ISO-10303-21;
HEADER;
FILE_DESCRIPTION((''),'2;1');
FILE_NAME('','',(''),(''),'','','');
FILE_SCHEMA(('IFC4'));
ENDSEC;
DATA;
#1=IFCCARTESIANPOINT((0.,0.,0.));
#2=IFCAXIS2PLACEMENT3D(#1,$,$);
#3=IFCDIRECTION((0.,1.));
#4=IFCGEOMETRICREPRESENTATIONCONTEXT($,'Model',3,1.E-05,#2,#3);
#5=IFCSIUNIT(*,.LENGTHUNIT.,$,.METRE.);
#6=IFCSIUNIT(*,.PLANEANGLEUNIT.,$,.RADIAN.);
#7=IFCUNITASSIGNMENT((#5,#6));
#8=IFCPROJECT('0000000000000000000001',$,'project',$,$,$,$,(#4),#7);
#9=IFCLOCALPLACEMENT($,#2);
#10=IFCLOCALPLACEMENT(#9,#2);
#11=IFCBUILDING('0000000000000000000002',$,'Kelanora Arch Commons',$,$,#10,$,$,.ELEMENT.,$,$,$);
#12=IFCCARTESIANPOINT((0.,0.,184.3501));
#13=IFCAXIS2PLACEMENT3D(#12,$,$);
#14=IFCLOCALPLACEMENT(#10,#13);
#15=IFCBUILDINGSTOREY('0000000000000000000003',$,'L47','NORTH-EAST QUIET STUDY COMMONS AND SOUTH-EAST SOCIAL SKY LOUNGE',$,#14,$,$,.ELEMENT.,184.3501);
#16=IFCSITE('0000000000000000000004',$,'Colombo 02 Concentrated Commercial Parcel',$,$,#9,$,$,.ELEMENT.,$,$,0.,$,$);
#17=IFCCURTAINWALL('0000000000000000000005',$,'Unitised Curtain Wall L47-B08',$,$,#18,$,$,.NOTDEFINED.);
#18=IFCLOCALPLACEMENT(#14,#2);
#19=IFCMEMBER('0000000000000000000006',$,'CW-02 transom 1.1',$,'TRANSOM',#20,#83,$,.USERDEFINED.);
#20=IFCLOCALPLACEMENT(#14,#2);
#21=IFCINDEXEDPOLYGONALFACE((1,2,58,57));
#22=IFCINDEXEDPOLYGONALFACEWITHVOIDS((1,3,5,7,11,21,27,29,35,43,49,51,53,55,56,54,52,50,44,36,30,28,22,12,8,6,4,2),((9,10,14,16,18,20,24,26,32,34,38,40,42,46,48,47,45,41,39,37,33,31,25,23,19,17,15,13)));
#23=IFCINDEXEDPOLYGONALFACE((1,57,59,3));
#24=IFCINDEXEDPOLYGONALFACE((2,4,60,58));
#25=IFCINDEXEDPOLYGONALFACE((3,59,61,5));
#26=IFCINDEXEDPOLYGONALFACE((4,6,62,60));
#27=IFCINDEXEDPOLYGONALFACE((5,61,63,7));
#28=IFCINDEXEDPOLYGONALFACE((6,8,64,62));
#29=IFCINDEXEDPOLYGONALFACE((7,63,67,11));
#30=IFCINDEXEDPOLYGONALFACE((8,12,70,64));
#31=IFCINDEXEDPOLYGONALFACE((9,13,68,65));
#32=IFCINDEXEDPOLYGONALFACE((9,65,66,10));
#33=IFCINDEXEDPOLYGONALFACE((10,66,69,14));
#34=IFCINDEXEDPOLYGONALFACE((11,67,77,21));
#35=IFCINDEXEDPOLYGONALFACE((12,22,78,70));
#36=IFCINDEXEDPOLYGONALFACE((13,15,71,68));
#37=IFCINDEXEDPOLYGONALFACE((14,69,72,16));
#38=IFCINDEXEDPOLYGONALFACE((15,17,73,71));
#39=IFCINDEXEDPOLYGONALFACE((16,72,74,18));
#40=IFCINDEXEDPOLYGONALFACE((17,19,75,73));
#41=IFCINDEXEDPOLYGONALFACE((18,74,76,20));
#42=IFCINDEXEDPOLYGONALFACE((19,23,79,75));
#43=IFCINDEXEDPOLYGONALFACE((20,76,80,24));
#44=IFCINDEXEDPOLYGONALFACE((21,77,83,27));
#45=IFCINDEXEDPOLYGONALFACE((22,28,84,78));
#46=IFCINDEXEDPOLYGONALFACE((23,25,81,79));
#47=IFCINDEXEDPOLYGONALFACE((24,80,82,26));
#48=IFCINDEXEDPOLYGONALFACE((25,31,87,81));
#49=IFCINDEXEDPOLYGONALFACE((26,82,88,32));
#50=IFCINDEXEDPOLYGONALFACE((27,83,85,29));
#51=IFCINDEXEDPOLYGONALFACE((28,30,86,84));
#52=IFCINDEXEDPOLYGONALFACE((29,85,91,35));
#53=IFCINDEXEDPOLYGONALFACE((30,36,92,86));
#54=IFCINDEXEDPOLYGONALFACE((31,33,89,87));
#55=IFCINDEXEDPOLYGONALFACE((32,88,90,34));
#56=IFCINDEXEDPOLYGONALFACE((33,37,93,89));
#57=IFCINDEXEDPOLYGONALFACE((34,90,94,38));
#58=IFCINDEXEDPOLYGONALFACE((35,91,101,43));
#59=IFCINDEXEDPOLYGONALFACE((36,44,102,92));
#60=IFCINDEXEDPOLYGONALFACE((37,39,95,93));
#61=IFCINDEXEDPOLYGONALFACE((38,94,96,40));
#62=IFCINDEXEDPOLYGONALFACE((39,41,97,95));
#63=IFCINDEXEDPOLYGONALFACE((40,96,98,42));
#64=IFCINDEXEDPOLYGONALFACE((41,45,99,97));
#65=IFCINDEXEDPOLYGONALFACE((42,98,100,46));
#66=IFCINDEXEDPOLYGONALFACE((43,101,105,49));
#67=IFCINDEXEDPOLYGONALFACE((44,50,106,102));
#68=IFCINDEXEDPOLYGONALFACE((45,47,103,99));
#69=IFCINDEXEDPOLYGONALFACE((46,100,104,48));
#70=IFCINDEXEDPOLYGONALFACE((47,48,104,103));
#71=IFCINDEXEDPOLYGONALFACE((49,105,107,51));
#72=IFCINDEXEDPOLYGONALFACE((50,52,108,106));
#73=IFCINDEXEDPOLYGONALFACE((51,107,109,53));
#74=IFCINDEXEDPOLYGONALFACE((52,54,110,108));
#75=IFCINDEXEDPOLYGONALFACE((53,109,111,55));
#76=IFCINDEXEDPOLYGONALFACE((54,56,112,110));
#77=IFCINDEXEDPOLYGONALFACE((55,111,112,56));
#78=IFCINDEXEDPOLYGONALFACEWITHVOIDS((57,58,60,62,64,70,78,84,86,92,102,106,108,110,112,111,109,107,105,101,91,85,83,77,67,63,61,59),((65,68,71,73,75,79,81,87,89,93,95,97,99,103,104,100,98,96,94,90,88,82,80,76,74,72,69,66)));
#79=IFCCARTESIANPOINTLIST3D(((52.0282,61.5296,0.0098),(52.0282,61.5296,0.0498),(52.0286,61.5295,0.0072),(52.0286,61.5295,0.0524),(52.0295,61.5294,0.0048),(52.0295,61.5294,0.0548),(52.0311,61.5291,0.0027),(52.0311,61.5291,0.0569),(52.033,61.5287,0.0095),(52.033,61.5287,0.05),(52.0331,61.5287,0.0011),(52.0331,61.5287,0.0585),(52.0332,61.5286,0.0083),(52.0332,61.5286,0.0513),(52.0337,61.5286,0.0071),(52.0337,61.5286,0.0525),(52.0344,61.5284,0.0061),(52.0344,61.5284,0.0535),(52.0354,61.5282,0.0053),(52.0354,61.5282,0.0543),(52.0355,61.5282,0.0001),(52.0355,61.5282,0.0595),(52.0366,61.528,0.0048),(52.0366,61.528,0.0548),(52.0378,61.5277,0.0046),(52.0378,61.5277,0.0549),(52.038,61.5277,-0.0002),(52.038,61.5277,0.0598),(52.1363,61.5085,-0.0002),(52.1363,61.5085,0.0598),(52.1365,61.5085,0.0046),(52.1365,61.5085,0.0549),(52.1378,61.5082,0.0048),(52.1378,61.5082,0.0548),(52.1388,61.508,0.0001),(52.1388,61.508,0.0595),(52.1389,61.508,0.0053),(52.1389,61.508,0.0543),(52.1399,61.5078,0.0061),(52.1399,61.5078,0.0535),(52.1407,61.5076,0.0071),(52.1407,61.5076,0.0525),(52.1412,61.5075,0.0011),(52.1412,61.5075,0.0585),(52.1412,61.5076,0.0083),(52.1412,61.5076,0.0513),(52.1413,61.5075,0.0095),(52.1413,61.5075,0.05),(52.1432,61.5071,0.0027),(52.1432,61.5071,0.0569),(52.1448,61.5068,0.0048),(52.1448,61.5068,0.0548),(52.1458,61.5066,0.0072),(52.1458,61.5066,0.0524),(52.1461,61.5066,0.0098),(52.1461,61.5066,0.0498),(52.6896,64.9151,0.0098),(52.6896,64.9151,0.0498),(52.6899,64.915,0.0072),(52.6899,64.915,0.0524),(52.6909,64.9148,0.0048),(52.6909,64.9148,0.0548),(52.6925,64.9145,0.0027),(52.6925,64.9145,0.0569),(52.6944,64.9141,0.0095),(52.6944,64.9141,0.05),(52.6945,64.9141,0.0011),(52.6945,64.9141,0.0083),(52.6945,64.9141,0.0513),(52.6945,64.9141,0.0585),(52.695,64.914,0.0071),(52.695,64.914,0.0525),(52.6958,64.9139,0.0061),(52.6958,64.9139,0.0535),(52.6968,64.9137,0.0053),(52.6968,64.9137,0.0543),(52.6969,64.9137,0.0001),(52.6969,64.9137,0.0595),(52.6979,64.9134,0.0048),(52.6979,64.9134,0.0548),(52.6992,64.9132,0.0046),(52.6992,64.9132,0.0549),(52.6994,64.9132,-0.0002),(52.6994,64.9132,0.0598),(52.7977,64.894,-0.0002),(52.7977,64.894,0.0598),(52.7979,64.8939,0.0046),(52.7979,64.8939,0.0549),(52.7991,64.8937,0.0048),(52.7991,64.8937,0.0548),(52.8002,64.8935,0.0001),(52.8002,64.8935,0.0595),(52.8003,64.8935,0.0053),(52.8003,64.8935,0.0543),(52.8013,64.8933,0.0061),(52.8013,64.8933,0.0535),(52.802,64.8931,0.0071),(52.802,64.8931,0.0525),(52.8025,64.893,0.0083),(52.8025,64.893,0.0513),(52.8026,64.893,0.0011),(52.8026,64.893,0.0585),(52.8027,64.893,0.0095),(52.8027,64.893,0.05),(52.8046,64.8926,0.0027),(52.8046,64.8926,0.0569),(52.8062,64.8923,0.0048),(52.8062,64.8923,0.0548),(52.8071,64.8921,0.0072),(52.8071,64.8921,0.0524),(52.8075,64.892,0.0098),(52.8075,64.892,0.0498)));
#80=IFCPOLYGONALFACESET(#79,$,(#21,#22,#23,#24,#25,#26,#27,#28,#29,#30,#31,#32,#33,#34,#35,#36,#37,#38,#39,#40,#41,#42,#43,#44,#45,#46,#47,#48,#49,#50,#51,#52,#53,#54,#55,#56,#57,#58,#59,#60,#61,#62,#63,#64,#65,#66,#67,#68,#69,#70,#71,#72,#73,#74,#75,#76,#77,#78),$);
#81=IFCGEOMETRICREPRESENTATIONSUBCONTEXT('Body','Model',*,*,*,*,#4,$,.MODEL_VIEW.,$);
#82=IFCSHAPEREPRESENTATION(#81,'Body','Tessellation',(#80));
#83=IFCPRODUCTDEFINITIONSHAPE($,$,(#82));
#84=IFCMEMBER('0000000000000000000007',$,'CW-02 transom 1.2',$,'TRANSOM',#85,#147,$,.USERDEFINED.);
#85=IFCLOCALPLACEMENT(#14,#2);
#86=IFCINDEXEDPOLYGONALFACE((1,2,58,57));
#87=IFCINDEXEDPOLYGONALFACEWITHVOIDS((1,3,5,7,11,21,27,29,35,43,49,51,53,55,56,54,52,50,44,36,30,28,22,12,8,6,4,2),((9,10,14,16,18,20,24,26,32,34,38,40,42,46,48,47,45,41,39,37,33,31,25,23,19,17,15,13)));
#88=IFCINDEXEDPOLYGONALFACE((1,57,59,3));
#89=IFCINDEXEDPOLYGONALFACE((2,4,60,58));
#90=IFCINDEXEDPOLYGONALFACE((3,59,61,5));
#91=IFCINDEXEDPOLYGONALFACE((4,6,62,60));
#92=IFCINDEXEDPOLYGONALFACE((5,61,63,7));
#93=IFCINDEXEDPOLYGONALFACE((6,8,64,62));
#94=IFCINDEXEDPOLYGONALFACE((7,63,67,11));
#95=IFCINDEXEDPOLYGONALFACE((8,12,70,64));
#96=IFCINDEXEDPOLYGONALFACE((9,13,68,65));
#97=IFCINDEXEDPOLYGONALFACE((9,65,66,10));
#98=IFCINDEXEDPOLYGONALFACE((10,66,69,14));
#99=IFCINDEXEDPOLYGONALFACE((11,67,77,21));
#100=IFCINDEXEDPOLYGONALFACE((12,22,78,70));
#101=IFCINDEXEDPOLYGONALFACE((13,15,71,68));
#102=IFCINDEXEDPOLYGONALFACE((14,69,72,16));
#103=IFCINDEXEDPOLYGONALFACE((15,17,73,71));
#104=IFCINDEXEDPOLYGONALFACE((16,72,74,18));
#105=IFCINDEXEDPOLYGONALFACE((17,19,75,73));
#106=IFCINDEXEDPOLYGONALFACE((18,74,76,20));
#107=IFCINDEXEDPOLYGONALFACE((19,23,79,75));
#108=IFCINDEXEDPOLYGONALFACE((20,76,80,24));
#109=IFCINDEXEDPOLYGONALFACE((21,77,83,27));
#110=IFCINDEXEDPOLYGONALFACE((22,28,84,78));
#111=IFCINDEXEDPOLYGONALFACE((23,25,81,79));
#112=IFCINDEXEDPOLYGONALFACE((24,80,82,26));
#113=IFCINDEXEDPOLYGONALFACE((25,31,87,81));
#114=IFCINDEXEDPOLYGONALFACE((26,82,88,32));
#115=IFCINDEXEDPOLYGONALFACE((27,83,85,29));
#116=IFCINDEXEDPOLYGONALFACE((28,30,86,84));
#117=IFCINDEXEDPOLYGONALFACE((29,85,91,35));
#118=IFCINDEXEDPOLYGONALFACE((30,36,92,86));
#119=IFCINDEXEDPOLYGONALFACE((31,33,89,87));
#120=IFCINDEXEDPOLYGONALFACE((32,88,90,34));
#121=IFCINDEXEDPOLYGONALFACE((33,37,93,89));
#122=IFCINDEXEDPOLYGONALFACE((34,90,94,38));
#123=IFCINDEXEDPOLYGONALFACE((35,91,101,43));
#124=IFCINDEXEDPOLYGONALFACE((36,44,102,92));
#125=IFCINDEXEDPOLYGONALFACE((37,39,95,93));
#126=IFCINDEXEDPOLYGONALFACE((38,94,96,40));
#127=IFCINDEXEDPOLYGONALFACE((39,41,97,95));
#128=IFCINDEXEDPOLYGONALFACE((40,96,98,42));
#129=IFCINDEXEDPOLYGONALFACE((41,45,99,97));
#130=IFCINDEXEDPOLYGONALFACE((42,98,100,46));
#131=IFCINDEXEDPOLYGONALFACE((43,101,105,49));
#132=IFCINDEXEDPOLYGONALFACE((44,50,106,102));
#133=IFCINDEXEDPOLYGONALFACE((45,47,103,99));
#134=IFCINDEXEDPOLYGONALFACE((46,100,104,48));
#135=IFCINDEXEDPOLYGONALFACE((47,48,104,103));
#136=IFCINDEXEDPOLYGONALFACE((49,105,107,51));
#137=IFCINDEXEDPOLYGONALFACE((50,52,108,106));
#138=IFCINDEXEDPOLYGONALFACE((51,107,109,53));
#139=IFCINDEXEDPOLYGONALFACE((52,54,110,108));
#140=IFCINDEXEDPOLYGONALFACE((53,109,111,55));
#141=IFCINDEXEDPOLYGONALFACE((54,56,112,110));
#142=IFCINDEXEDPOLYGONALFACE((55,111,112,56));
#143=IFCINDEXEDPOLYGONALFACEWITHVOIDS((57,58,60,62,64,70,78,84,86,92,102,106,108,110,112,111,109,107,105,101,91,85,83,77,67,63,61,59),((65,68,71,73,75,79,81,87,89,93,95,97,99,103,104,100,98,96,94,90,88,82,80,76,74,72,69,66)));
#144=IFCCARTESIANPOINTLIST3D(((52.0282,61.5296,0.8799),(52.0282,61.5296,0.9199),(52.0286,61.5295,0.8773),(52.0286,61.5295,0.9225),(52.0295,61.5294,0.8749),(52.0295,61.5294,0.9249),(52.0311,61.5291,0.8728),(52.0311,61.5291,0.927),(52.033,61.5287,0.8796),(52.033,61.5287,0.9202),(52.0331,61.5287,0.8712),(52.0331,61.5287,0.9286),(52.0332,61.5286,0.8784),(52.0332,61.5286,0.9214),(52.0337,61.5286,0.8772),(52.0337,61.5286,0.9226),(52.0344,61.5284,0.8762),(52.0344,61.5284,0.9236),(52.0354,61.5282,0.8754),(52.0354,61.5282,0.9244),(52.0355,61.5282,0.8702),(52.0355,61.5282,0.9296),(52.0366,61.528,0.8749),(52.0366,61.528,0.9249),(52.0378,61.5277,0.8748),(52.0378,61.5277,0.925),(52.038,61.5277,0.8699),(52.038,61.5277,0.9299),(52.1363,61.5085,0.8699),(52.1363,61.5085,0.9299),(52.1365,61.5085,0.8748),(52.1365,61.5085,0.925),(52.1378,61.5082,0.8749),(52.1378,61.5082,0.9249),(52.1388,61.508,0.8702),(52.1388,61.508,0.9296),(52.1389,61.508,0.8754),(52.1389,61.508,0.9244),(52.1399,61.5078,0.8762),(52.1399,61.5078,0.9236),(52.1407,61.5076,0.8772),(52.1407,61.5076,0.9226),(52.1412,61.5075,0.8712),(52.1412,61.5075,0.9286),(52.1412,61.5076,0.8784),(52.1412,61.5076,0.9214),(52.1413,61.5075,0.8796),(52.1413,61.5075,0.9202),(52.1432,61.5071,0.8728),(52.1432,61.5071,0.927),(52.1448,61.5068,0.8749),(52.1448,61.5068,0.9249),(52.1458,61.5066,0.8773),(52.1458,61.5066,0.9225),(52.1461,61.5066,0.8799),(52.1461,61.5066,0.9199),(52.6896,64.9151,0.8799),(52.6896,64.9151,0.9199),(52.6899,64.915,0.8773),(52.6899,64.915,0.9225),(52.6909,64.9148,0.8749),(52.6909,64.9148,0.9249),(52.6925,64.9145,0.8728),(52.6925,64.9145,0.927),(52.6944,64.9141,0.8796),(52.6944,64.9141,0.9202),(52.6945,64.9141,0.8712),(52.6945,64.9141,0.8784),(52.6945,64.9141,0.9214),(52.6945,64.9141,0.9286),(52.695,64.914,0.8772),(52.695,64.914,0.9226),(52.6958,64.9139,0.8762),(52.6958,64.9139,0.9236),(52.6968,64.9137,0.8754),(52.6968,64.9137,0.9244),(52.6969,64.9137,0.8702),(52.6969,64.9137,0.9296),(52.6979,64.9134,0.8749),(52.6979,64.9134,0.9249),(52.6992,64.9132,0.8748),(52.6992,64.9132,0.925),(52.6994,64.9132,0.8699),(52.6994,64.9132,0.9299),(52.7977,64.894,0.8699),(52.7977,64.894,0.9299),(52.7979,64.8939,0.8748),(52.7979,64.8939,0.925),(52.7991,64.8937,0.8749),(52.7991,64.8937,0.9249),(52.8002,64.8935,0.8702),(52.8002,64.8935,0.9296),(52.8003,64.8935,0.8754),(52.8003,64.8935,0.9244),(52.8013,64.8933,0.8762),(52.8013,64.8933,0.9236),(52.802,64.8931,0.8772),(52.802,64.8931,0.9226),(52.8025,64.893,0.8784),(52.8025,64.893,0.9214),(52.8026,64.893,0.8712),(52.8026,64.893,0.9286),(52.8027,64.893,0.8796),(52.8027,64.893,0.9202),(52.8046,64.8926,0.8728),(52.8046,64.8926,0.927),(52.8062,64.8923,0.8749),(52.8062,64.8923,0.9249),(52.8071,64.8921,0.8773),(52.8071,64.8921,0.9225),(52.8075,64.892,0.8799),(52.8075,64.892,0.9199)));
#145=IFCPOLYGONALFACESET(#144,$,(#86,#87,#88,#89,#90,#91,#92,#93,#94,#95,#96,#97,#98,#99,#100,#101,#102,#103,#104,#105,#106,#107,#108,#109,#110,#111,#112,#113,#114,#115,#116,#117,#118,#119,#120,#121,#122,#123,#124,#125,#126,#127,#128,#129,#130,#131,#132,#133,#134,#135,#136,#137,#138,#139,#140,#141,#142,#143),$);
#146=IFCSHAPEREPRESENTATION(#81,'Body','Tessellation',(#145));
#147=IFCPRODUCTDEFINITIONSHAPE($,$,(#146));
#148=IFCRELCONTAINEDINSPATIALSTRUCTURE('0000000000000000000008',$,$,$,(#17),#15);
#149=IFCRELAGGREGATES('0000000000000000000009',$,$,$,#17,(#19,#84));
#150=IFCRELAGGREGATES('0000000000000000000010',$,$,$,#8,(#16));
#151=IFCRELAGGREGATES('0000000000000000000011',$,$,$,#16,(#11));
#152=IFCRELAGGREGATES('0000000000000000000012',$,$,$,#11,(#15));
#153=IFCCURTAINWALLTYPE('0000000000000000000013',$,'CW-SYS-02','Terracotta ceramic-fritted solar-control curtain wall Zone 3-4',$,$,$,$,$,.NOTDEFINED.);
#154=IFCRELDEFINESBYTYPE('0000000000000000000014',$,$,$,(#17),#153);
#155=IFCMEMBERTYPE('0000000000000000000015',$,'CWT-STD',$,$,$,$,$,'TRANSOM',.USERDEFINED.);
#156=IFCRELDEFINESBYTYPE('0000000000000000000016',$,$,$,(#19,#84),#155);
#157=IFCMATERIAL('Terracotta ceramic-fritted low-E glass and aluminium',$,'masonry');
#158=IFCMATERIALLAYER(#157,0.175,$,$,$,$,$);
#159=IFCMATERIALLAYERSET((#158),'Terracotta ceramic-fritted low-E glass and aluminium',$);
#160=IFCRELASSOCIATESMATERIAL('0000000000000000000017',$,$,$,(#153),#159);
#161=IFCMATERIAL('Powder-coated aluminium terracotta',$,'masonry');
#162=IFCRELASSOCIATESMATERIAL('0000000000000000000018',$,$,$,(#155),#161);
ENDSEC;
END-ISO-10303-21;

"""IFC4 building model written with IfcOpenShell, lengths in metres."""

from ifc_helpers import new_model, si_unit, direction, frame, origin, origin_2d, place, context, subcontext, project, spatial, hollow_rectangle, extrude, material, layer, layer_set, material_profile, profile_set, type_object, element, aggregate, save


model = new_model("IFC4")

# Units and contexts
model_context = context("Model", 3, precision=1e-05, world=origin(), true_north=direction((0.0, 1.0)))
body_context = subcontext(model_context, "Body", "Model", "MODEL_VIEW")
ifc_project = project(units=[si_unit("LENGTHUNIT", "METRE"), si_unit("PLANEANGLEUNIT", "RADIAN")], contexts=[model_context])

# Site, building, storey
site_placement = place(None, origin())
site = spatial("IfcSite", under=ifc_project, at=site_placement, Name="Colombo 02 Concentrated Commercial Parcel", CompositionType="ELEMENT", RefElevation=0.0)
building_placement = place(site_placement, origin())
building = spatial("IfcBuilding", under=site, at=building_placement, Name="Kelanora Arch Commons", CompositionType="ELEMENT")
storey_placement = place(building_placement, frame((0.0, 0.0, 184.3501)))
storey = spatial("IfcBuildingStorey", under=building, at=storey_placement, Name="L47", Description="NORTH-EAST QUIET STUDY COMMONS AND SOUTH-EAST SOCIAL SKY LOUNGE", CompositionType="ELEMENT", Elevation=184.3501)

# Shared definitions
ifc_material_1 = material(Name="Terracotta ceramic-fritted low-E glass and aluminium", Category="masonry")
ifc_layer_1 = layer(ifc_material_1, 0.175)
ifc_layer_set_1 = layer_set([ifc_layer_1], Name="Terracotta ceramic-fritted low-E glass and aluminium")
curtain_wall_type = type_object("IfcCurtainWallType", Name="CW-SYS-02", Description="Terracotta ceramic-fritted solar-control curtain wall Zone 3-4", PredefinedType="NOTDEFINED", material=ifc_layer_set_1)
ifc_material_2 = material(Name="Powder-coated aluminium terracotta", Category="masonry")

# Curtain wall, members
curtain_wall_1_placement = place(storey_placement, origin())
curtain_wall_1 = element("IfcCurtainWall", 1, at=curtain_wall_1_placement, inside=storey, type_object=curtain_wall_type, Name="Unitised Curtain Wall L47-B08", PredefinedType="NOTDEFINED")
ifc_material_profile_1 = material_profile(ifc_material_2, hollow_rectangle(XDim=0.1201, YDim=0.0601, WallThickness=0.0049, InnerFilletRadius=0.0049, OuterFilletRadius=0.01, at=origin_2d()), Name="CWT120x60")
ifc_profile_set_1 = profile_set([ifc_material_profile_1], Name="Powder-coated aluminium terracotta")
member_type_1 = type_object("IfcMemberType", Name="CWT-STD", ElementType="TRANSOM", PredefinedType="USERDEFINED", material=ifc_profile_set_1)
member_1_placement = place(storey_placement, frame((52.7485, 64.9036, 0.0298), z_axis=(-0.191732, -0.981447, 0.0), x_axis=(0.981447, -0.191732, 0.0)))
member_1 = element("IfcMember", 2, at=member_1_placement, type_object=member_type_1, Name="CW-02 transom 1.1", ObjectType="TRANSOM", PredefinedType="USERDEFINED", context=body_context, shape_type="SweptSolid", body=[
    extrude(hollow_rectangle(XDim=0.1201, YDim=0.0601, WallThickness=0.0049, InnerFilletRadius=0.0049, OuterFilletRadius=0.01, at=origin_2d()), origin(), (0.0, 0.0, 1.0), 3.4495),
])
member_2_placement = place(storey_placement, frame((52.7485, 64.9036, 0.8999), z_axis=(-0.191732, -0.981447, 0.0), x_axis=(0.981447, -0.191732, 0.0)))
member_2 = element("IfcMember", 3, at=member_2_placement, type_object=member_type_1, Name="CW-02 transom 1.2", ObjectType="TRANSOM", PredefinedType="USERDEFINED", context=body_context, shape_type="SweptSolid", body=[
    extrude(hollow_rectangle(XDim=0.1201, YDim=0.0601, WallThickness=0.0049, InnerFilletRadius=0.0049, OuterFilletRadius=0.01, at=origin_2d()), origin(), (0.0, 0.0, 1.0), 3.4495),
])
aggregate(curtain_wall_1, [member_1, member_2])

save(model, "model.ifc")
